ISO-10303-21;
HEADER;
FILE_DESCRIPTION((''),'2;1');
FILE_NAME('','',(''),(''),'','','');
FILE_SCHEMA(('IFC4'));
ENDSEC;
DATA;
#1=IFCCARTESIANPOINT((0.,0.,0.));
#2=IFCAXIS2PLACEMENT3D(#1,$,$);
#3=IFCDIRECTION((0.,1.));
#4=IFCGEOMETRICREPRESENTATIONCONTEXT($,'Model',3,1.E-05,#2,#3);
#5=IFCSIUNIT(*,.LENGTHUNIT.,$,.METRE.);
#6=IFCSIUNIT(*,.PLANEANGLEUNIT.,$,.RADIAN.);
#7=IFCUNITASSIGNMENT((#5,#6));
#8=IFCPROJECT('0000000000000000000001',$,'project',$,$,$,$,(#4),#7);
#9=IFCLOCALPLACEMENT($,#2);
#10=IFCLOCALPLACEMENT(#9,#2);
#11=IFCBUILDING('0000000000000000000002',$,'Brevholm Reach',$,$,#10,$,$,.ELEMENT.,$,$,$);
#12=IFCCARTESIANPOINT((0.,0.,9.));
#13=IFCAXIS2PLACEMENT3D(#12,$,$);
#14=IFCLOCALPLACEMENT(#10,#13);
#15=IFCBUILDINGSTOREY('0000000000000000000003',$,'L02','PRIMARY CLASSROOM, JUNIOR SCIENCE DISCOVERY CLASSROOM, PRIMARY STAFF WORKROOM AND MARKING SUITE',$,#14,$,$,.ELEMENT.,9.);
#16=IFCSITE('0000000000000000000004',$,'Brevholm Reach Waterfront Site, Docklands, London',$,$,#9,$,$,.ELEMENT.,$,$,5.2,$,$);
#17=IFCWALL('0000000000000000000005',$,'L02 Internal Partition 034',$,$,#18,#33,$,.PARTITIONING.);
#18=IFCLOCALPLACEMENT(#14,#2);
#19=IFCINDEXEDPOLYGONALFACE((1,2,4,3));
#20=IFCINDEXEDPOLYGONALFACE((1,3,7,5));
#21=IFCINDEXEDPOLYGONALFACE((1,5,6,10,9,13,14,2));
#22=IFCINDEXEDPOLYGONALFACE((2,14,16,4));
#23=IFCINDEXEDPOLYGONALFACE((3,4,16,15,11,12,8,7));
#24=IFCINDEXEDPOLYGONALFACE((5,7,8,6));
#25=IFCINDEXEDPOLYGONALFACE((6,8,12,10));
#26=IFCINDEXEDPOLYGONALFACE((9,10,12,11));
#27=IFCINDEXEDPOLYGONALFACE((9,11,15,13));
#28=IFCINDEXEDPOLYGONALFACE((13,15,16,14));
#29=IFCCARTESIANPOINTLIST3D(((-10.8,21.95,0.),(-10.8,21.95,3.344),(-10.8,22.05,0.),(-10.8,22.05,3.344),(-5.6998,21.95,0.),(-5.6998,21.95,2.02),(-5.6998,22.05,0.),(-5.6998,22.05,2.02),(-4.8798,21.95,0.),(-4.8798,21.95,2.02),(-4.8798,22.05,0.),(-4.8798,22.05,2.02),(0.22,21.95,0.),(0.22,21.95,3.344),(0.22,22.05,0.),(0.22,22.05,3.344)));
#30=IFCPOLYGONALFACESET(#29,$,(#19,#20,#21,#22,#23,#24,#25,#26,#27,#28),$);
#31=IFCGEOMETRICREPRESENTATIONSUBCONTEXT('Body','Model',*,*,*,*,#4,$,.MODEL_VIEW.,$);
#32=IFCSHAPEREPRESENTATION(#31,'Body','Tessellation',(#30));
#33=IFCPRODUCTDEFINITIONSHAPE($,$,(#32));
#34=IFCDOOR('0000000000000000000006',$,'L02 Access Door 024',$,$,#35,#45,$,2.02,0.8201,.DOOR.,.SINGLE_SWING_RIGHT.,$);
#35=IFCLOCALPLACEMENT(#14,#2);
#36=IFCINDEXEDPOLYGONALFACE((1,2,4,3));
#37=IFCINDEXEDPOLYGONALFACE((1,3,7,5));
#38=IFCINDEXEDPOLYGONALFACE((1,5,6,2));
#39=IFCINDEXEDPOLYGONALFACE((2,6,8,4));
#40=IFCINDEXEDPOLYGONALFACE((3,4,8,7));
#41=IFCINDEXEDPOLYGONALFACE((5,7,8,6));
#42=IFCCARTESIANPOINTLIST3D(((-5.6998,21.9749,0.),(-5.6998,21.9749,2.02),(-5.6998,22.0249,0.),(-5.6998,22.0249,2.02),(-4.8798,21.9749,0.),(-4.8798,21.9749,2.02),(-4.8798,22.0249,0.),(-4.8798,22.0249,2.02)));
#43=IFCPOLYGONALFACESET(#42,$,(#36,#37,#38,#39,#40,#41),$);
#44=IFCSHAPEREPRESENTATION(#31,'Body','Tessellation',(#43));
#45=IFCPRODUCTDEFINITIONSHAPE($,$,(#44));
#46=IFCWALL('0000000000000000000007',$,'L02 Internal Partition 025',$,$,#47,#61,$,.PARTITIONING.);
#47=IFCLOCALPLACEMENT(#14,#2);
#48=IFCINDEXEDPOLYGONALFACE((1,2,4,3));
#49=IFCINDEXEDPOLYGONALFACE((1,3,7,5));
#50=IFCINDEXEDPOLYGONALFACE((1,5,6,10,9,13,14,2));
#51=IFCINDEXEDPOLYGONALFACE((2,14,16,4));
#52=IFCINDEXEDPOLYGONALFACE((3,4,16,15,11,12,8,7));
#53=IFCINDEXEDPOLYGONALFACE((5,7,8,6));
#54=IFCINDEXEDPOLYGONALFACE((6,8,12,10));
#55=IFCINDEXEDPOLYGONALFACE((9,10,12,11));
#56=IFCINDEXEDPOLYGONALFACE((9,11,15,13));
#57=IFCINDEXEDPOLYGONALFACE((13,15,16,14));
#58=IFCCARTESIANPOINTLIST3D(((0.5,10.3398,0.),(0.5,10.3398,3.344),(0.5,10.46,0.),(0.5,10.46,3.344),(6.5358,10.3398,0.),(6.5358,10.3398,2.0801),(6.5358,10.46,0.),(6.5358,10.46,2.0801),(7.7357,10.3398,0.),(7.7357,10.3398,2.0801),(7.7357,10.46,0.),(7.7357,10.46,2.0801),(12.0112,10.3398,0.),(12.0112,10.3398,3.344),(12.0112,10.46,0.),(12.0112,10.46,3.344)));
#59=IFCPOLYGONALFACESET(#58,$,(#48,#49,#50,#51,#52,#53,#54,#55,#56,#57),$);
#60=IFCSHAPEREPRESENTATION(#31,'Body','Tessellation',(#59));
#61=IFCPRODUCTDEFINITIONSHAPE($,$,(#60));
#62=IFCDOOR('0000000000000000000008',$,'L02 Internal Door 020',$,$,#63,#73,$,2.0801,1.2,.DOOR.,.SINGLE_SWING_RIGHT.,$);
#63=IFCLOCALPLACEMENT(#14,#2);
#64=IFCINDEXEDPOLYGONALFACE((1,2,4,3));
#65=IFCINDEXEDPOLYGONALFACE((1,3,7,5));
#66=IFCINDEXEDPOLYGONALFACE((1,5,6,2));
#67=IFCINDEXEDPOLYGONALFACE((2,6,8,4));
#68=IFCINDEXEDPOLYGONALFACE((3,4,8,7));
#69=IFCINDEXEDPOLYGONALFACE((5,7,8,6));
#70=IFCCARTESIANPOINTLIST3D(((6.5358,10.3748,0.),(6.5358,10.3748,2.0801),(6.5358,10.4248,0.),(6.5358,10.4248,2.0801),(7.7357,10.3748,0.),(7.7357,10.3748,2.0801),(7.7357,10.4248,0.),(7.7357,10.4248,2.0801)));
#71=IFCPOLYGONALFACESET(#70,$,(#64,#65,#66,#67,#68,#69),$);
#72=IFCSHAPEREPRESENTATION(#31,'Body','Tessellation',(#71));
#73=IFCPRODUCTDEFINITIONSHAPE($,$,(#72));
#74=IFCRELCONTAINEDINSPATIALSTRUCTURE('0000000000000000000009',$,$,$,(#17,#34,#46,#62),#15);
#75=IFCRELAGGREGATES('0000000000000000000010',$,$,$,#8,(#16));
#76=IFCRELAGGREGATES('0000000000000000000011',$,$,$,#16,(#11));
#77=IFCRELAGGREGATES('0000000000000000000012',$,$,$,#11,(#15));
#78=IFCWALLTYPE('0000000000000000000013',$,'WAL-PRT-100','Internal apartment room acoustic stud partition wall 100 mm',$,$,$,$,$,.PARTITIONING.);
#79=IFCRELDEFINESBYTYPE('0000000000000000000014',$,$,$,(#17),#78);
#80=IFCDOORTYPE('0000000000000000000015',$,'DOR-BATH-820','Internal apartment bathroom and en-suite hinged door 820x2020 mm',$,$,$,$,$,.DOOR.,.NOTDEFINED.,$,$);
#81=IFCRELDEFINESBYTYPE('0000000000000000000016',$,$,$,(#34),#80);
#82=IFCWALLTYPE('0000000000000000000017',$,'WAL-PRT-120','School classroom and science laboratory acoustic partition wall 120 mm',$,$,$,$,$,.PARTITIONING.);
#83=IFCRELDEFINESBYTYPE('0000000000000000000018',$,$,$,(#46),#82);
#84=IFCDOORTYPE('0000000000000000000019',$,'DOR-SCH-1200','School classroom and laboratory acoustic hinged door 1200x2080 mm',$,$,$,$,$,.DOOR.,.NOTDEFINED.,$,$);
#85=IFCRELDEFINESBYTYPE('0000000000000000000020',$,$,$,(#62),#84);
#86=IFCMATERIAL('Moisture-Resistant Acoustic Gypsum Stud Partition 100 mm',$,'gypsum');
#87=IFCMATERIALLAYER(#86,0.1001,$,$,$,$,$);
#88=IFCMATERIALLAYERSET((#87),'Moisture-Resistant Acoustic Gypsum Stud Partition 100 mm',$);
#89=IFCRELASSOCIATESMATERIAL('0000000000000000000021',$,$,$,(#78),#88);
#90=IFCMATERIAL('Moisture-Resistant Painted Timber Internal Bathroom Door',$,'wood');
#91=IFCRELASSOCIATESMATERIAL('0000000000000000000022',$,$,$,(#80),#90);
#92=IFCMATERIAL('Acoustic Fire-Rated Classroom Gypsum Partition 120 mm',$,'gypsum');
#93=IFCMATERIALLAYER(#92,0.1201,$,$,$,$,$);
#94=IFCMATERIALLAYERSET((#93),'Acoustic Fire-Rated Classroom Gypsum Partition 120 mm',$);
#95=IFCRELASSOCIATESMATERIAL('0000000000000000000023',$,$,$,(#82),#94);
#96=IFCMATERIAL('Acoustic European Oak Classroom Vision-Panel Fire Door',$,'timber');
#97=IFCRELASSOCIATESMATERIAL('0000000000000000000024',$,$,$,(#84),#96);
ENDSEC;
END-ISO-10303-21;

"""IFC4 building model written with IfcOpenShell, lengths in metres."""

from ifc_helpers import new_model, si_unit, direction, frame, frame_2d, origin, place, context, subcontext, project, spatial, rectangle, extrude, material, layer, layer_set, type_object, element, fill, save


model = new_model("IFC4")

# Units and contexts
model_context = context("Model", 3, precision=1e-05, world=origin(), true_north=direction((0.0, 1.0)))
body_context = subcontext(model_context, "Body", "Model", "MODEL_VIEW")
ifc_project = project(units=[si_unit("LENGTHUNIT", "METRE"), si_unit("PLANEANGLEUNIT", "RADIAN")], contexts=[model_context])

# Site, building, storey
site_placement = place(None, origin())
site = spatial("IfcSite", under=ifc_project, at=site_placement, Name="Brevholm Reach Waterfront Site, Docklands, London", CompositionType="ELEMENT", RefElevation=5.2)
building_placement = place(site_placement, origin())
building = spatial("IfcBuilding", under=site, at=building_placement, Name="Brevholm Reach", CompositionType="ELEMENT")
storey_placement = place(building_placement, frame((0.0, 0.0, 9.0)))
storey = spatial("IfcBuildingStorey", under=building, at=storey_placement, Name="L02", Description="PRIMARY CLASSROOM, JUNIOR SCIENCE DISCOVERY CLASSROOM, PRIMARY STAFF WORKROOM AND MARKING SUITE", CompositionType="ELEMENT", Elevation=9.0)

# Walls, openings, doors
ifc_material_1 = material(Name="Moisture-Resistant Acoustic Gypsum Stud Partition 100 mm", Category="gypsum")
ifc_layer_1 = layer(ifc_material_1, 0.1001)
ifc_layer_set_1 = layer_set([ifc_layer_1], Name="Moisture-Resistant Acoustic Gypsum Stud Partition 100 mm")
wall_type_1 = type_object("IfcWallType", Name="WAL-PRT-100", Description="Internal apartment room acoustic stud partition wall 100 mm", PredefinedType="PARTITIONING", material=ifc_layer_set_1)
wall_1_placement = place(storey_placement, frame((-10.8, 22.0, 0.0), z_axis=(0.0, 0.0, 1.0), x_axis=(1.0, 0.0, 0.0)))
wall_1 = element("IfcWall", 1, at=wall_1_placement, inside=storey, type_object=wall_type_1, Name="L02 Internal Partition 034", PredefinedType="PARTITIONING", context=body_context, shape_type="SweptSolid", body=[
    extrude(rectangle(XDim=11.02, YDim=0.1001, at=frame_2d((5.51, 0.0))), origin(), (0.0, 0.0, 1.0), 3.344),
])
opening_1_placement = place(wall_1_placement, frame((5.1001, 0.0, 0.0)))
opening_1 = element("IfcOpeningElement", 2, at=opening_1_placement, cuts=wall_1, PredefinedType="OPENING", context=body_context, shape_type="SweptSolid", body=[
    extrude(rectangle(XDim=0.8201, YDim=2.02, at=frame_2d((0.4102, 1.01))), frame((0.0, 0.0601, 0.0), z_axis=(0.0, -1.0, 0.0), x_axis=(1.0, 0.0, 0.0)), (0.0, 0.0, 1.0), 0.1201),
])
ifc_material_2 = material(Name="Moisture-Resistant Painted Timber Internal Bathroom Door", Category="wood")
door_type_1 = type_object("IfcDoorType", Name="DOR-BATH-820", Description="Internal apartment bathroom and en-suite hinged door 820x2020 mm", OperationType="NOTDEFINED", PredefinedType="DOOR", material=ifc_material_2)
door_1_placement = place(opening_1_placement, origin())
door_1 = element("IfcDoor", 3, at=door_1_placement, inside=storey, type_object=door_type_1, Name="L02 Access Door 024", OperationType="SINGLE_SWING_RIGHT", OverallHeight=2.02, OverallWidth=0.8201, PredefinedType="DOOR", context=body_context, shape_type="SweptSolid", body=[
    extrude(rectangle(XDim=0.8201, YDim=2.02, at=frame_2d((0.4102, 1.01))), frame((0.0, 0.0249, 0.0), z_axis=(0.0, -1.0, 0.0), x_axis=(1.0, 0.0, 0.0)), (0.0, 0.0, 1.0), 0.05),
])
fill(opening_1, door_1)
ifc_material_3 = material(Name="Acoustic Fire-Rated Classroom Gypsum Partition 120 mm", Category="gypsum")
ifc_layer_2 = layer(ifc_material_3, 0.1201)
ifc_layer_set_2 = layer_set([ifc_layer_2], Name="Acoustic Fire-Rated Classroom Gypsum Partition 120 mm")
wall_type_2 = type_object("IfcWallType", Name="WAL-PRT-120", Description="School classroom and science laboratory acoustic partition wall 120 mm", PredefinedType="PARTITIONING", material=ifc_layer_set_2)
wall_2_placement = place(storey_placement, frame((0.5, 10.3999, 0.0), z_axis=(0.0, 0.0, 1.0), x_axis=(1.0, 0.0, 0.0)))
wall_2 = element("IfcWall", 4, at=wall_2_placement, inside=storey, type_object=wall_type_2, Name="L02 Internal Partition 025", PredefinedType="PARTITIONING", context=body_context, shape_type="SweptSolid", body=[
    extrude(rectangle(XDim=11.5112, YDim=0.1201, at=frame_2d((5.7556, 0.0))), origin(), (0.0, 0.0, 1.0), 3.344),
])
opening_2_placement = place(wall_2_placement, frame((6.0356, 0.0, 0.0)))
opening_2 = element("IfcOpeningElement", 5, at=opening_2_placement, cuts=wall_2, PredefinedType="OPENING", context=body_context, shape_type="SweptSolid", body=[
    extrude(rectangle(XDim=1.2, YDim=2.0801, at=frame_2d((0.6001, 1.04))), frame((0.0, 0.0701, 0.0), z_axis=(0.0, -1.0, 0.0), x_axis=(1.0, 0.0, 0.0)), (0.0, 0.0, 1.0), 0.1401),
])
ifc_material_4 = material(Name="Acoustic European Oak Classroom Vision-Panel Fire Door", Category="timber")
door_type_2 = type_object("IfcDoorType", Name="DOR-SCH-1200", Description="School classroom and laboratory acoustic hinged door 1200x2080 mm", OperationType="NOTDEFINED", PredefinedType="DOOR", material=ifc_material_4)
door_2_placement = place(opening_2_placement, origin())
door_2 = element("IfcDoor", 6, at=door_2_placement, inside=storey, type_object=door_type_2, Name="L02 Internal Door 020", OperationType="SINGLE_SWING_RIGHT", OverallHeight=2.0801, OverallWidth=1.2, PredefinedType="DOOR", context=body_context, shape_type="SweptSolid", body=[
    extrude(rectangle(XDim=1.2, YDim=2.0801, at=frame_2d((0.6001, 1.04))), frame((0.0, 0.0249, 0.0), z_axis=(0.0, -1.0, 0.0), x_axis=(1.0, 0.0, 0.0)), (0.0, 0.0, 1.0), 0.05),
])
fill(opening_2, door_2)

save(model, "model.ifc")
